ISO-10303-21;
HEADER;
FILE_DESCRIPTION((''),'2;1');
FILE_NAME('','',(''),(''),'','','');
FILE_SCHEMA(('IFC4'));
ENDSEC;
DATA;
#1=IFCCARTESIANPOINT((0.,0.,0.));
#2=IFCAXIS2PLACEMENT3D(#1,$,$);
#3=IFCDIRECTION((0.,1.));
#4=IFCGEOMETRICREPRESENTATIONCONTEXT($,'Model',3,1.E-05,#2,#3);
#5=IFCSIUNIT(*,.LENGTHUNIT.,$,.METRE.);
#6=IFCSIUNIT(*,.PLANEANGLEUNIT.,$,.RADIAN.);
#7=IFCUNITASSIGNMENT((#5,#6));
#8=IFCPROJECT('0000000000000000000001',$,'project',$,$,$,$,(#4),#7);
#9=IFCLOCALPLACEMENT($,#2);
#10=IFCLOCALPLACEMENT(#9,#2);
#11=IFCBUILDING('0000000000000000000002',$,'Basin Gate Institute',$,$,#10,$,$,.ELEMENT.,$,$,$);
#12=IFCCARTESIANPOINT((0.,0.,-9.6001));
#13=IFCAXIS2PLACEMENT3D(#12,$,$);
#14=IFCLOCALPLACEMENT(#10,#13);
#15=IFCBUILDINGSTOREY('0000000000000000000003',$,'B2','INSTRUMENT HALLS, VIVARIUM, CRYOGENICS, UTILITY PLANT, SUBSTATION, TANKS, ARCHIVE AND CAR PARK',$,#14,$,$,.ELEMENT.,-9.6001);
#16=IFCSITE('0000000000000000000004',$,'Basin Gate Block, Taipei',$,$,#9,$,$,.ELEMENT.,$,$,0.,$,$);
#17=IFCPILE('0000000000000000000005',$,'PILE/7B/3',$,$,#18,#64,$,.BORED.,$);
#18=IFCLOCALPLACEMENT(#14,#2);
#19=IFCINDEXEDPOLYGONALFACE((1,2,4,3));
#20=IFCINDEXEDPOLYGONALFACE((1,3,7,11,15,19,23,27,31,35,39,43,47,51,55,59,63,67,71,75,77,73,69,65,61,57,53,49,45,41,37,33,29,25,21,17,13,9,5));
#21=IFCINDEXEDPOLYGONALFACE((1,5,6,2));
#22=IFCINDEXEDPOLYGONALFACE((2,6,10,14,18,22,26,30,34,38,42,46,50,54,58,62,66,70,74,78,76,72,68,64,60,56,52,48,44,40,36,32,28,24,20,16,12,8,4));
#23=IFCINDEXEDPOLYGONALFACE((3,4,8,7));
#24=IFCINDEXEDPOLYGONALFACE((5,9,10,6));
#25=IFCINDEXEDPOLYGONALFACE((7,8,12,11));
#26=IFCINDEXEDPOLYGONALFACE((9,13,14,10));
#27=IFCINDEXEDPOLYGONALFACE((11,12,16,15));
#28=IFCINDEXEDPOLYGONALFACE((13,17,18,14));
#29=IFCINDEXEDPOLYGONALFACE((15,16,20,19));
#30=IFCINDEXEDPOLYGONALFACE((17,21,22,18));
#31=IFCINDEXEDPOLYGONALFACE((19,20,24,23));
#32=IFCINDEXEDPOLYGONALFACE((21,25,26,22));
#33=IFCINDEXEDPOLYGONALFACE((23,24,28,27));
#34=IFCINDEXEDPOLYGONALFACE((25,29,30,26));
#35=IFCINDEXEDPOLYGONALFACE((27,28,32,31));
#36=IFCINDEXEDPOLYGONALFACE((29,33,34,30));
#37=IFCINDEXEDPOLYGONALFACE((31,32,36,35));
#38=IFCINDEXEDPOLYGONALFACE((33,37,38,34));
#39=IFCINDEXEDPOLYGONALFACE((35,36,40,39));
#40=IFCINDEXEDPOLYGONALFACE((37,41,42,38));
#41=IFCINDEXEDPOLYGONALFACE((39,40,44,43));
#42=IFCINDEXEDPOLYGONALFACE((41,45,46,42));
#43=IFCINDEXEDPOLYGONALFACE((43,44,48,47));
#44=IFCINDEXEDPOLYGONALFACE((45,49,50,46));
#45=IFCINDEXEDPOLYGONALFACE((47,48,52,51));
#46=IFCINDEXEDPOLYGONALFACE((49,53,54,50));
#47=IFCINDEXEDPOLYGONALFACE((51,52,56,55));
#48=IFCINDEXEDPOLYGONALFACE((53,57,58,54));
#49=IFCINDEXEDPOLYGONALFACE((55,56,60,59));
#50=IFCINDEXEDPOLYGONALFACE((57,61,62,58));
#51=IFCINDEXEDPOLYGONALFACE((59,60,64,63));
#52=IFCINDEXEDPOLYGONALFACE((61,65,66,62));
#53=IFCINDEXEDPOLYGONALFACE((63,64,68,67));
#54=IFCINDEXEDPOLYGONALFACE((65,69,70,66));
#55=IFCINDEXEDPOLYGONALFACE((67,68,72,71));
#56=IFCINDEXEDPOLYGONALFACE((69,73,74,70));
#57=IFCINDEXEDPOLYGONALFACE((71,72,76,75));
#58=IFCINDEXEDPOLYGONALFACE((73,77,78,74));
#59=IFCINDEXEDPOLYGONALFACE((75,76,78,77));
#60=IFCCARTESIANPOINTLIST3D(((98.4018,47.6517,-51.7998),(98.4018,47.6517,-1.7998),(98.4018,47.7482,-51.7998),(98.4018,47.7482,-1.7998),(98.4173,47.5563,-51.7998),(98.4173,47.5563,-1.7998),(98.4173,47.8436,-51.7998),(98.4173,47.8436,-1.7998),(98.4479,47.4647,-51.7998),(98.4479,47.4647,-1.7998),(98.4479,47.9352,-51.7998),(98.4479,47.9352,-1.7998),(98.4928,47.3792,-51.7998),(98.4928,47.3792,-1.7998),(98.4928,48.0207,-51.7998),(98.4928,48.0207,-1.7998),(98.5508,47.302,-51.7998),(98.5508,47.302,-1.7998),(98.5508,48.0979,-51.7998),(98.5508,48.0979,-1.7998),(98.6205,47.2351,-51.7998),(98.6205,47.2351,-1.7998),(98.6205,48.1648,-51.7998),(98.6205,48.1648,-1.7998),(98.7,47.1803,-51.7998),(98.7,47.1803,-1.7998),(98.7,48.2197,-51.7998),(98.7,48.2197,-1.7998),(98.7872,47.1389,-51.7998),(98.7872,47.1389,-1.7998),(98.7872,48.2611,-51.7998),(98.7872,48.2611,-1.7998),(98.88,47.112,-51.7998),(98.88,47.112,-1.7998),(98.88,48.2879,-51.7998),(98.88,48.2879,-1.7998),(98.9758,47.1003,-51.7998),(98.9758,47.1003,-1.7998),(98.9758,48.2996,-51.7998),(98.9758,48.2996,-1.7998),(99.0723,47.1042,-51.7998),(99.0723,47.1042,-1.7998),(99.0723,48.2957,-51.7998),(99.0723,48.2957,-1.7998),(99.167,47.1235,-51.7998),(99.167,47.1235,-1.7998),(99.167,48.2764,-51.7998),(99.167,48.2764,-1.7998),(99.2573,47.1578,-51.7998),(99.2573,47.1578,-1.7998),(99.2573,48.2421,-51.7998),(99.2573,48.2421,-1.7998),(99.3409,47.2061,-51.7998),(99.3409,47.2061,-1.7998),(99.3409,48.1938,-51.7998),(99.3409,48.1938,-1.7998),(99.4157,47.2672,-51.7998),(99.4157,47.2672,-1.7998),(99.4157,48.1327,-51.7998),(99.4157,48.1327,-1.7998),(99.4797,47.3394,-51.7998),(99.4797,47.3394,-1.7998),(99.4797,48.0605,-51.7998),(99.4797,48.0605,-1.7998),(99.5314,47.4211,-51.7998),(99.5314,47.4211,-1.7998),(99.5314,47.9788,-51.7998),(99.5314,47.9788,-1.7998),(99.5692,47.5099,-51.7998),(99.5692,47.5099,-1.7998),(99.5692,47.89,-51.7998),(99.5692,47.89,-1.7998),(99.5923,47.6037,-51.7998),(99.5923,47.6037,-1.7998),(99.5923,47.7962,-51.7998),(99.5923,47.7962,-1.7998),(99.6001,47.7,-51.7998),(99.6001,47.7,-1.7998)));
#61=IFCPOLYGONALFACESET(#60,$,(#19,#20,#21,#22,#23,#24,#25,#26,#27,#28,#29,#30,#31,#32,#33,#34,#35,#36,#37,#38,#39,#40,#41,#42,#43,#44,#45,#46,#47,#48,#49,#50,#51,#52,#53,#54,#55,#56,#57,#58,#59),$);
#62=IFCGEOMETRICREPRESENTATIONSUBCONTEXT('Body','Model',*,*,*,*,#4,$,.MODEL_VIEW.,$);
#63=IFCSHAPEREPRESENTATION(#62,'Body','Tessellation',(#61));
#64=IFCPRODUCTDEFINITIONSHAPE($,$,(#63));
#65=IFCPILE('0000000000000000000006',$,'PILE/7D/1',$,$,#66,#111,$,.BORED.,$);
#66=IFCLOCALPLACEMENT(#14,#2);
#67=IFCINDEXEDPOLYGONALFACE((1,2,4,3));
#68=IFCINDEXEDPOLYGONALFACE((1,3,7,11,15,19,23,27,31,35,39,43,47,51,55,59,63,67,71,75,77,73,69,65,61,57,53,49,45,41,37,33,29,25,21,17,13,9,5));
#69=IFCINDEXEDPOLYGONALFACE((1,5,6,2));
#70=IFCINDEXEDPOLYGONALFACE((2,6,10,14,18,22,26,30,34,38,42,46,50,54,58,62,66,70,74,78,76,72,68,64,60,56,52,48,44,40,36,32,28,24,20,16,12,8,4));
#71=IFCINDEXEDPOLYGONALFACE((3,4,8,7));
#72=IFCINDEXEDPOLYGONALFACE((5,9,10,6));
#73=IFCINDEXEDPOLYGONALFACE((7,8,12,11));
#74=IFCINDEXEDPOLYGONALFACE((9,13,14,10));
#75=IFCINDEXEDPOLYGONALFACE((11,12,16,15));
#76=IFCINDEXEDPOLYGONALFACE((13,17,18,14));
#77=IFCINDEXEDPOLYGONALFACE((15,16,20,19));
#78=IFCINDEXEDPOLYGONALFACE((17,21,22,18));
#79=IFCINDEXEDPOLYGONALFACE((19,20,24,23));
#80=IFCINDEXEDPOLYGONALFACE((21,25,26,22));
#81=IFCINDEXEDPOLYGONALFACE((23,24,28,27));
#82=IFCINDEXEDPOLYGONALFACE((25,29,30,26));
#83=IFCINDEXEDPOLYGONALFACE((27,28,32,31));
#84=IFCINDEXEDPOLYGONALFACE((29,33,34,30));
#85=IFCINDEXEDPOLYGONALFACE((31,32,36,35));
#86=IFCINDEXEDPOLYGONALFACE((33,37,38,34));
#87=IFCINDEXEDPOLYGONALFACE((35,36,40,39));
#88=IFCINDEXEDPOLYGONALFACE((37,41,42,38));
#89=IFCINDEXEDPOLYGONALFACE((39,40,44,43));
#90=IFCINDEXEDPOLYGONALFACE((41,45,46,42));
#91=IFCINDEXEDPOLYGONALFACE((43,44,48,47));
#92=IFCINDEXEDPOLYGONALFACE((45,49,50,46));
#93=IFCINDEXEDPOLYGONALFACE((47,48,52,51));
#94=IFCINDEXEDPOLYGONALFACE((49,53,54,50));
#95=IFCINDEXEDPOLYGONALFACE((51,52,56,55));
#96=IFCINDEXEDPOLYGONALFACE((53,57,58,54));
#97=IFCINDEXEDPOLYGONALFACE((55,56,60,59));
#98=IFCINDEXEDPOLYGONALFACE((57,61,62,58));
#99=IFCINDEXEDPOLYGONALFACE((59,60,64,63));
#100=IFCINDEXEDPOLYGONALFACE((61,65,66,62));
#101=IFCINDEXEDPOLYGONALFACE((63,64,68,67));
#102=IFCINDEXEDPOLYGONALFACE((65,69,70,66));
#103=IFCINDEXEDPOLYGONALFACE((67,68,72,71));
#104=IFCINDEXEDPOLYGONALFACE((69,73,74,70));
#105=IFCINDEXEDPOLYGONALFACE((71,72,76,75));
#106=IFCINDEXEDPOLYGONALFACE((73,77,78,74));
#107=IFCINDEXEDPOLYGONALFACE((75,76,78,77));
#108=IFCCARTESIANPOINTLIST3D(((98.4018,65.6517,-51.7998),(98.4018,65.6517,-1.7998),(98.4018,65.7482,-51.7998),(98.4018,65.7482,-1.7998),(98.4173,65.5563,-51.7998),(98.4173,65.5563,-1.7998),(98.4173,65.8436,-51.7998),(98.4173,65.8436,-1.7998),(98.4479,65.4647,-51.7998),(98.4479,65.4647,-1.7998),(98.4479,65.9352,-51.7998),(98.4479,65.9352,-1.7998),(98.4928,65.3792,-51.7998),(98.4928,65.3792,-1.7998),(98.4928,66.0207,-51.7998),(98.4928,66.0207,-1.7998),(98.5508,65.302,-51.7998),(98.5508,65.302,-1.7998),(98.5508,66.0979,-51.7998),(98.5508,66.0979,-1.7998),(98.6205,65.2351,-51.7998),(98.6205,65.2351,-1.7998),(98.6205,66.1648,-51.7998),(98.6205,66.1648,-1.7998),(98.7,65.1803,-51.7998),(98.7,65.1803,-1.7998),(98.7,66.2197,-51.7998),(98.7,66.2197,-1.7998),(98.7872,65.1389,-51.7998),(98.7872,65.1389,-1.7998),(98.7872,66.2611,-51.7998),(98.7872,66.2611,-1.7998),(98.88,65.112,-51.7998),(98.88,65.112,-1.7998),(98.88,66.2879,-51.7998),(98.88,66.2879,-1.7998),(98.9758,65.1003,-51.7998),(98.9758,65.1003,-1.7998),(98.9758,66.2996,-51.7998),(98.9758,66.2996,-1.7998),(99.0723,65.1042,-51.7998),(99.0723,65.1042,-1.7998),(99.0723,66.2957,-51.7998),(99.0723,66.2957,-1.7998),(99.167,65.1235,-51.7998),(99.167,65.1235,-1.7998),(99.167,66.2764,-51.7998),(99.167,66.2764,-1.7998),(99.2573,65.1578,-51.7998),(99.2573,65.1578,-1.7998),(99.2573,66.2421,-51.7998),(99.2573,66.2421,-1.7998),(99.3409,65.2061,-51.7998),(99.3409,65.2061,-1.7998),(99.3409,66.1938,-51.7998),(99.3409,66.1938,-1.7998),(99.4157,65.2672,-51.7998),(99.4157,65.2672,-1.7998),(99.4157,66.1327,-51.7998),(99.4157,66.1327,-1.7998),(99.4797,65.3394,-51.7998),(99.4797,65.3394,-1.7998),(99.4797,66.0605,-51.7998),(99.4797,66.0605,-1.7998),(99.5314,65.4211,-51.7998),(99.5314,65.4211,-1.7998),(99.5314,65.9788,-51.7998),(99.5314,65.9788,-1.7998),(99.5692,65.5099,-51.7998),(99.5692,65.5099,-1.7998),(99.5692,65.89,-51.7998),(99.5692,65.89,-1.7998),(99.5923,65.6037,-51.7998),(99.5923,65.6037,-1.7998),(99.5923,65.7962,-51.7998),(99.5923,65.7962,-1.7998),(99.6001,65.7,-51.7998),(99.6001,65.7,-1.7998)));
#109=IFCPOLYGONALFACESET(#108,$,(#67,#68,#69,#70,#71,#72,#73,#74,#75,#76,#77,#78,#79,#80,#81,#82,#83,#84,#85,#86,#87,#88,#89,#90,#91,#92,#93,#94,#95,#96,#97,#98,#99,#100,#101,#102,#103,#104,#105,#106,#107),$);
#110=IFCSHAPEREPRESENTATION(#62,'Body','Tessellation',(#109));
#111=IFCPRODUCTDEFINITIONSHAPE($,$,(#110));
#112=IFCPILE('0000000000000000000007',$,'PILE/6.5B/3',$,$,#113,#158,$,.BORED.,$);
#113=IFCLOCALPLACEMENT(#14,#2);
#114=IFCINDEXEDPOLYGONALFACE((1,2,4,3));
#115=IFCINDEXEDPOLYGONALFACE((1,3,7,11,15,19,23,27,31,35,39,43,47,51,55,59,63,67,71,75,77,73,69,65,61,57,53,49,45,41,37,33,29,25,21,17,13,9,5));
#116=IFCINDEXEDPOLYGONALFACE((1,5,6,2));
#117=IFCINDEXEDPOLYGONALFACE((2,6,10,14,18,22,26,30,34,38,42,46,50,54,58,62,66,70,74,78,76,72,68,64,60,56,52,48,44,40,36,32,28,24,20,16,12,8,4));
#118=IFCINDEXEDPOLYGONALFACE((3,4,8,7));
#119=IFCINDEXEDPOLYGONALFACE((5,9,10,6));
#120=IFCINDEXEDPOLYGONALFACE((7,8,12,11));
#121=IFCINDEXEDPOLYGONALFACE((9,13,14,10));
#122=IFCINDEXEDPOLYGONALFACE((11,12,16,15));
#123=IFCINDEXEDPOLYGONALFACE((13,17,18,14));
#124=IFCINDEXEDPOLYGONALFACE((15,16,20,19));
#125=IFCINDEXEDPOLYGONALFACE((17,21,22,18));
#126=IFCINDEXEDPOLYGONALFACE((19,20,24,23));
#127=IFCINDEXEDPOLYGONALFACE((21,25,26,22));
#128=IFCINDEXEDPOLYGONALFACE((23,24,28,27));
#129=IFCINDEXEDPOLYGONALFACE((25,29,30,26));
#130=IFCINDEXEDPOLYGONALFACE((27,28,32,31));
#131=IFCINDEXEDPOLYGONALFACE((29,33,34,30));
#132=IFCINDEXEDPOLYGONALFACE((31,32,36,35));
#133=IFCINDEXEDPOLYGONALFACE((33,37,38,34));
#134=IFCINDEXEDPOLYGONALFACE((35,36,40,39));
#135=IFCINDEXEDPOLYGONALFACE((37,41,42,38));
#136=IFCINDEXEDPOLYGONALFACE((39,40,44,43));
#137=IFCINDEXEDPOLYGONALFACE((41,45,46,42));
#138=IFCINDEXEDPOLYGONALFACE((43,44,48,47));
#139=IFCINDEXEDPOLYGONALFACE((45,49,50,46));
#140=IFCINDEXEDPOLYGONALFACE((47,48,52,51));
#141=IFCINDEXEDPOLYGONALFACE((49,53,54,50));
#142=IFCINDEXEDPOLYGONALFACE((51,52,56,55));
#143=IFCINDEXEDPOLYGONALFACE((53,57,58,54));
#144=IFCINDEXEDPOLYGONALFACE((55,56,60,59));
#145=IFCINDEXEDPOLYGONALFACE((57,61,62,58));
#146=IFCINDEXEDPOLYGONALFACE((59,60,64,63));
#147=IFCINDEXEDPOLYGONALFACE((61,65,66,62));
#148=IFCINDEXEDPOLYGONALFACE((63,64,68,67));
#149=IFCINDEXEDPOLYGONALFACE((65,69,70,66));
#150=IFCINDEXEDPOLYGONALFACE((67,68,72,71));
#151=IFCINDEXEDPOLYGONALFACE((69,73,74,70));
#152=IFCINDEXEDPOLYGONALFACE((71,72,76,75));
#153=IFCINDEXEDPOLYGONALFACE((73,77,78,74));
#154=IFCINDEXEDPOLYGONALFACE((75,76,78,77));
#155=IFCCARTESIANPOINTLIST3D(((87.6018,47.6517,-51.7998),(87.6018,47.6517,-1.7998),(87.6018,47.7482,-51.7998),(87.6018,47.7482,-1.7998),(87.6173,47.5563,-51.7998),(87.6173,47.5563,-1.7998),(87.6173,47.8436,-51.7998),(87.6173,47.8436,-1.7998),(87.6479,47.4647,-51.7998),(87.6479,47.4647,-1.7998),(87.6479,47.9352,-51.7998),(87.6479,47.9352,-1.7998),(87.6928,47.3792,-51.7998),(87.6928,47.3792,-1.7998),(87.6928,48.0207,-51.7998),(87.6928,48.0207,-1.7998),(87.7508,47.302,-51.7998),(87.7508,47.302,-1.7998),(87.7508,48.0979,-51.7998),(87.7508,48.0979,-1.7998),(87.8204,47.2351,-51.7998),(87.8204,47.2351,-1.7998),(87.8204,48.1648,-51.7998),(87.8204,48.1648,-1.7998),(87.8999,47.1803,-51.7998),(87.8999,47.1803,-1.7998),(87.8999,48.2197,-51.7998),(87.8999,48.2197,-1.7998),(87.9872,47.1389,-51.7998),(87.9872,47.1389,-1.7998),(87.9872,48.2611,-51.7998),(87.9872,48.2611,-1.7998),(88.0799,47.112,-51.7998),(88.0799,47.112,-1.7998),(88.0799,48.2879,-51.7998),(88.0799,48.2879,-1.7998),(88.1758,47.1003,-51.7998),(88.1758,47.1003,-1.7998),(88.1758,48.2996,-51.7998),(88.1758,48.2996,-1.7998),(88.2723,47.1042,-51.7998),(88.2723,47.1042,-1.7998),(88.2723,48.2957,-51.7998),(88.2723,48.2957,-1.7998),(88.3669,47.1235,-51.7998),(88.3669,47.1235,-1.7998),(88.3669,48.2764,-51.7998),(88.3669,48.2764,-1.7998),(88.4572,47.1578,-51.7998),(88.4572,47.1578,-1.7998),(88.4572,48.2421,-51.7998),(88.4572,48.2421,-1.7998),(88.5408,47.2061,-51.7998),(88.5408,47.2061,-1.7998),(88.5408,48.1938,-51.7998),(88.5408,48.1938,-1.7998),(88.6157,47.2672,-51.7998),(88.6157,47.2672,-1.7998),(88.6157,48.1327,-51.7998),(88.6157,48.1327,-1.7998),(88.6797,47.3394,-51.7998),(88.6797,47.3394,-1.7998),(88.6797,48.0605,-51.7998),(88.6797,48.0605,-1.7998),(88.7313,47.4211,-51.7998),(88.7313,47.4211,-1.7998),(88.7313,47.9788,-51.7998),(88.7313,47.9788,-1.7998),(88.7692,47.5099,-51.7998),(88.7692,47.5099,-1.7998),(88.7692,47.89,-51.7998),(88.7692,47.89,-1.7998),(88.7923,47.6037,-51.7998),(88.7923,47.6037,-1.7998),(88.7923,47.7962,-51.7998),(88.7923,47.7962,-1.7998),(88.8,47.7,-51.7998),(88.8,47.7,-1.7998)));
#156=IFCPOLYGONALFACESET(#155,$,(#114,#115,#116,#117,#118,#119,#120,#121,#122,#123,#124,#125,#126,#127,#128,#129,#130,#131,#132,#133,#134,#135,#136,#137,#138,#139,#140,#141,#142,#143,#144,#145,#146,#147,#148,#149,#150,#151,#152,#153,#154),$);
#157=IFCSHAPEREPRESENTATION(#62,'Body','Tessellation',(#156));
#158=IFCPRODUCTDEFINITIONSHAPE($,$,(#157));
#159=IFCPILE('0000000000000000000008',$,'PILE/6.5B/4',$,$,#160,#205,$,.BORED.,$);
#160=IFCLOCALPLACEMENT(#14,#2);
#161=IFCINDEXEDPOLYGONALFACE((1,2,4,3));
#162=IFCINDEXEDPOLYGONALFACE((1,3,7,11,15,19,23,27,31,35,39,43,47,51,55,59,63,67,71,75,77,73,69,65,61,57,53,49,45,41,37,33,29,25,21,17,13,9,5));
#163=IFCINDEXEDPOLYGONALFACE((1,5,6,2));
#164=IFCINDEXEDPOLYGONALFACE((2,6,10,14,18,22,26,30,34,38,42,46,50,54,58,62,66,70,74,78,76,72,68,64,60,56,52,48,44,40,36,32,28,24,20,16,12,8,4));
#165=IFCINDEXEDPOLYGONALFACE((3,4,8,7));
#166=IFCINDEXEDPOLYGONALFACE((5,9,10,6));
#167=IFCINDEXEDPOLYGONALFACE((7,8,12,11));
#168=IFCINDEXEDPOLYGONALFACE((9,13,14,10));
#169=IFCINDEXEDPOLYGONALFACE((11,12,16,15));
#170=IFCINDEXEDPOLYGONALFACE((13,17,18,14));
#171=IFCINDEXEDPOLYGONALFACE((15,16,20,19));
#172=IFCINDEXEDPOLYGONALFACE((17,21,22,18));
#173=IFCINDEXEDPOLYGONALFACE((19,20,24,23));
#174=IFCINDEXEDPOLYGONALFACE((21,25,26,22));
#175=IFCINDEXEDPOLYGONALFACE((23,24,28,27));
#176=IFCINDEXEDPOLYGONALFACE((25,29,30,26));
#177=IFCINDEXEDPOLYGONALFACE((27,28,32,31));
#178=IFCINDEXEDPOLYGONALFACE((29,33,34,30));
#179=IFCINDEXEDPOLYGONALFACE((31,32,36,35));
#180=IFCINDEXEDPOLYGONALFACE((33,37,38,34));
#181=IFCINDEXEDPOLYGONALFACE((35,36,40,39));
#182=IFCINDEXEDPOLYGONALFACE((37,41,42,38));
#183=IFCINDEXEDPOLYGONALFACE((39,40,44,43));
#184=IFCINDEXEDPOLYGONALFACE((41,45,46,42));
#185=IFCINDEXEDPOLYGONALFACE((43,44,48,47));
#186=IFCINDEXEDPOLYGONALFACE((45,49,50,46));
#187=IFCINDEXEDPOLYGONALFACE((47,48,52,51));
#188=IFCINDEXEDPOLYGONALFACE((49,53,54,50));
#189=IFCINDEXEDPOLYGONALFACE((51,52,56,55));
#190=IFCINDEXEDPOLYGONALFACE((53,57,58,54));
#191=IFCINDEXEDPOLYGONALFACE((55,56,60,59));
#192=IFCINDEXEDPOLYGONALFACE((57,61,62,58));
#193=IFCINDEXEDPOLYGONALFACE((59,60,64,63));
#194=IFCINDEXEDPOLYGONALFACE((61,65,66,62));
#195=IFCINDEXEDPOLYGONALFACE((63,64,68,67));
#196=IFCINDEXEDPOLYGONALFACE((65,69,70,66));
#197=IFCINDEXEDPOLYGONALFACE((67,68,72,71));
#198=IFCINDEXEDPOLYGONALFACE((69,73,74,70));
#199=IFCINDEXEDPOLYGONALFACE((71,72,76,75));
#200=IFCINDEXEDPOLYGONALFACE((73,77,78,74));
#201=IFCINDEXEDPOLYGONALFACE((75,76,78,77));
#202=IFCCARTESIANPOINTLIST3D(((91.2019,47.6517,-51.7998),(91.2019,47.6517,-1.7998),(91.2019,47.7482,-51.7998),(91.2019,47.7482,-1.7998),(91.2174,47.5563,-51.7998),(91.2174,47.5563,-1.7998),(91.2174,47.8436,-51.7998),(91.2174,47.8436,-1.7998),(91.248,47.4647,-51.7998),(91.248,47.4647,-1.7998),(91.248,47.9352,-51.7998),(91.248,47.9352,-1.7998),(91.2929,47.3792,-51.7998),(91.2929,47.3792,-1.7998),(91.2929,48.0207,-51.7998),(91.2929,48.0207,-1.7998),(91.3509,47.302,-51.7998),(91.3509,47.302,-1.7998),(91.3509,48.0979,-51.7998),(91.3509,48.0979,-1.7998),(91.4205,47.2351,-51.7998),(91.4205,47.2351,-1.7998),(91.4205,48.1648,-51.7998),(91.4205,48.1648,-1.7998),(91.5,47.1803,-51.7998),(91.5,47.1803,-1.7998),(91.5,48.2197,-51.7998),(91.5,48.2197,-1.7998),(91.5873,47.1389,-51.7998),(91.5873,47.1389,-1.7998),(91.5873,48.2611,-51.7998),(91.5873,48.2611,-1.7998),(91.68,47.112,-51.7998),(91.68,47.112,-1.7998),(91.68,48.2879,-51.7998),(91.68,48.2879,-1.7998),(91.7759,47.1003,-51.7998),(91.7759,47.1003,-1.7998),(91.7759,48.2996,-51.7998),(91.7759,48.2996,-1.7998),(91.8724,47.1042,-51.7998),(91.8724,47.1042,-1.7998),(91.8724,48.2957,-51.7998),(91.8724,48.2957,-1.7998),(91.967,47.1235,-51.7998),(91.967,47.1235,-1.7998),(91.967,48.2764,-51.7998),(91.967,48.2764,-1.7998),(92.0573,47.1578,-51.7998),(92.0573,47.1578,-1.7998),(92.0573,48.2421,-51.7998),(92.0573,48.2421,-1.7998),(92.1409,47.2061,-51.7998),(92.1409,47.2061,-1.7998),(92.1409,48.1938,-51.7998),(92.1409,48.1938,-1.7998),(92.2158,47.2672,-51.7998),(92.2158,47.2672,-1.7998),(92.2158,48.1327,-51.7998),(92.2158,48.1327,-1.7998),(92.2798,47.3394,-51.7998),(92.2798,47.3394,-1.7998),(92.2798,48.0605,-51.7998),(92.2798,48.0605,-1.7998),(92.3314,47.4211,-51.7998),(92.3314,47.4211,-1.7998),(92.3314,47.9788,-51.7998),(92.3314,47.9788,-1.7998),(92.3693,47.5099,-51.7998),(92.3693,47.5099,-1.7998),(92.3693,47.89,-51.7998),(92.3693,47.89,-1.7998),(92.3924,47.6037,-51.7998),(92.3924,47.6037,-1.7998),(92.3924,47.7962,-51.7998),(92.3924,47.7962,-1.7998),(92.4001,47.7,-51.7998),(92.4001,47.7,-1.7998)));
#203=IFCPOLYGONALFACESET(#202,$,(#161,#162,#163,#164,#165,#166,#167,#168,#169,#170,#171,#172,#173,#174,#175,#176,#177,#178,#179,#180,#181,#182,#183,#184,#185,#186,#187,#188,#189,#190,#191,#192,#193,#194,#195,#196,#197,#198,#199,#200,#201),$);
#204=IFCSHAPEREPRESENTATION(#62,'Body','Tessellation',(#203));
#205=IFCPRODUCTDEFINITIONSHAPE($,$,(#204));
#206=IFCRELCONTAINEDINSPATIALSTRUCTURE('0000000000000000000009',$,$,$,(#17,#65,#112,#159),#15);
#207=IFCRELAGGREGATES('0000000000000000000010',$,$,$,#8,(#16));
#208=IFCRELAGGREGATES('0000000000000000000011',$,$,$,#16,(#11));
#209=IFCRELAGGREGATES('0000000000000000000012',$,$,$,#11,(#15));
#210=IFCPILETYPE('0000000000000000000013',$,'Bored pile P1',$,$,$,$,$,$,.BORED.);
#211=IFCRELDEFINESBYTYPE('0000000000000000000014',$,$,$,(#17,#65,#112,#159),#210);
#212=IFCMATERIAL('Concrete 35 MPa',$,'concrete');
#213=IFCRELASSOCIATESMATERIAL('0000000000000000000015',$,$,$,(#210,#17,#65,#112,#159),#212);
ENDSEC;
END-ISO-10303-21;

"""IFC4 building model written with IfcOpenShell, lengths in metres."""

from ifc_helpers import new_model, si_unit, direction, frame, origin, origin_2d, place, context, subcontext, project, spatial, circle, extrude, material, material_profile, profile_set, type_object, element, save


model = new_model("IFC4")

# Units and contexts
model_context = context("Model", 3, precision=1e-05, world=origin(), true_north=direction((0.0, 1.0)))
body_context = subcontext(model_context, "Body", "Model", "MODEL_VIEW")
ifc_project = project(units=[si_unit("LENGTHUNIT", "METRE"), si_unit("PLANEANGLEUNIT", "RADIAN")], contexts=[model_context])

# Site, building, storey
site_placement = place(None, origin())
site = spatial("IfcSite", under=ifc_project, at=site_placement, Name="Basin Gate Block, Taipei", CompositionType="ELEMENT", RefElevation=0.0)
building_placement = place(site_placement, origin())
building = spatial("IfcBuilding", under=site, at=building_placement, Name="Basin Gate Institute", CompositionType="ELEMENT")
storey_placement = place(building_placement, frame((0.0, 0.0, -9.6001)))
storey = spatial("IfcBuildingStorey", under=building, at=storey_placement, Name="B2", Description="INSTRUMENT HALLS, VIVARIUM, CRYOGENICS, UTILITY PLANT, SUBSTATION, TANKS, ARCHIVE AND CAR PARK", CompositionType="ELEMENT", Elevation=-9.6001)

# Piles
ifc_material_1 = material(Name="Concrete 35 MPa", Category="concrete")
ifc_material_profile_1 = material_profile(ifc_material_1, circle(Radius=0.6001, at=origin_2d()), Name="Bored pile P1 1200 dia")
ifc_profile_set_1 = profile_set([ifc_material_profile_1], Name="Concrete 35 MPa")
pile_type = type_object("IfcPileType", Name="Bored pile P1", PredefinedType="BORED", material=ifc_profile_set_1)
for number, where, z_axis, x_axis, name in (
    (1, (99.0, 47.7, -1.7998), (0.0, 0.0, -1.0), (1.0, 0.0, 0.0), "PILE/7B/3"),
    (2, (99.0, 65.7, -1.7998), (0.0, 0.0, -1.0), (1.0, 0.0, 0.0), "PILE/7D/1"),
    (3, (88.2, 47.7, -1.7998), (0.0, 0.0, -1.0), (1.0, 0.0, 0.0), "PILE/6.5B/3"),
    (4, (91.8, 47.7, -1.7998), (0.0, 0.0, -1.0), (1.0, 0.0, 0.0), "PILE/6.5B/4"),
):
    element("IfcPile", number, at=place(storey_placement, frame(where, z_axis=z_axis, x_axis=x_axis)), inside=storey, type_object=pile_type, material=ifc_profile_set_1, Name=name, PredefinedType="BORED", context=body_context, shape_type="SweptSolid", body=[
        extrude(circle(Radius=0.6001, at=origin_2d()), origin(), (0.0, 0.0, 1.0), 50.0),
    ])

save(model, "model.ifc")
